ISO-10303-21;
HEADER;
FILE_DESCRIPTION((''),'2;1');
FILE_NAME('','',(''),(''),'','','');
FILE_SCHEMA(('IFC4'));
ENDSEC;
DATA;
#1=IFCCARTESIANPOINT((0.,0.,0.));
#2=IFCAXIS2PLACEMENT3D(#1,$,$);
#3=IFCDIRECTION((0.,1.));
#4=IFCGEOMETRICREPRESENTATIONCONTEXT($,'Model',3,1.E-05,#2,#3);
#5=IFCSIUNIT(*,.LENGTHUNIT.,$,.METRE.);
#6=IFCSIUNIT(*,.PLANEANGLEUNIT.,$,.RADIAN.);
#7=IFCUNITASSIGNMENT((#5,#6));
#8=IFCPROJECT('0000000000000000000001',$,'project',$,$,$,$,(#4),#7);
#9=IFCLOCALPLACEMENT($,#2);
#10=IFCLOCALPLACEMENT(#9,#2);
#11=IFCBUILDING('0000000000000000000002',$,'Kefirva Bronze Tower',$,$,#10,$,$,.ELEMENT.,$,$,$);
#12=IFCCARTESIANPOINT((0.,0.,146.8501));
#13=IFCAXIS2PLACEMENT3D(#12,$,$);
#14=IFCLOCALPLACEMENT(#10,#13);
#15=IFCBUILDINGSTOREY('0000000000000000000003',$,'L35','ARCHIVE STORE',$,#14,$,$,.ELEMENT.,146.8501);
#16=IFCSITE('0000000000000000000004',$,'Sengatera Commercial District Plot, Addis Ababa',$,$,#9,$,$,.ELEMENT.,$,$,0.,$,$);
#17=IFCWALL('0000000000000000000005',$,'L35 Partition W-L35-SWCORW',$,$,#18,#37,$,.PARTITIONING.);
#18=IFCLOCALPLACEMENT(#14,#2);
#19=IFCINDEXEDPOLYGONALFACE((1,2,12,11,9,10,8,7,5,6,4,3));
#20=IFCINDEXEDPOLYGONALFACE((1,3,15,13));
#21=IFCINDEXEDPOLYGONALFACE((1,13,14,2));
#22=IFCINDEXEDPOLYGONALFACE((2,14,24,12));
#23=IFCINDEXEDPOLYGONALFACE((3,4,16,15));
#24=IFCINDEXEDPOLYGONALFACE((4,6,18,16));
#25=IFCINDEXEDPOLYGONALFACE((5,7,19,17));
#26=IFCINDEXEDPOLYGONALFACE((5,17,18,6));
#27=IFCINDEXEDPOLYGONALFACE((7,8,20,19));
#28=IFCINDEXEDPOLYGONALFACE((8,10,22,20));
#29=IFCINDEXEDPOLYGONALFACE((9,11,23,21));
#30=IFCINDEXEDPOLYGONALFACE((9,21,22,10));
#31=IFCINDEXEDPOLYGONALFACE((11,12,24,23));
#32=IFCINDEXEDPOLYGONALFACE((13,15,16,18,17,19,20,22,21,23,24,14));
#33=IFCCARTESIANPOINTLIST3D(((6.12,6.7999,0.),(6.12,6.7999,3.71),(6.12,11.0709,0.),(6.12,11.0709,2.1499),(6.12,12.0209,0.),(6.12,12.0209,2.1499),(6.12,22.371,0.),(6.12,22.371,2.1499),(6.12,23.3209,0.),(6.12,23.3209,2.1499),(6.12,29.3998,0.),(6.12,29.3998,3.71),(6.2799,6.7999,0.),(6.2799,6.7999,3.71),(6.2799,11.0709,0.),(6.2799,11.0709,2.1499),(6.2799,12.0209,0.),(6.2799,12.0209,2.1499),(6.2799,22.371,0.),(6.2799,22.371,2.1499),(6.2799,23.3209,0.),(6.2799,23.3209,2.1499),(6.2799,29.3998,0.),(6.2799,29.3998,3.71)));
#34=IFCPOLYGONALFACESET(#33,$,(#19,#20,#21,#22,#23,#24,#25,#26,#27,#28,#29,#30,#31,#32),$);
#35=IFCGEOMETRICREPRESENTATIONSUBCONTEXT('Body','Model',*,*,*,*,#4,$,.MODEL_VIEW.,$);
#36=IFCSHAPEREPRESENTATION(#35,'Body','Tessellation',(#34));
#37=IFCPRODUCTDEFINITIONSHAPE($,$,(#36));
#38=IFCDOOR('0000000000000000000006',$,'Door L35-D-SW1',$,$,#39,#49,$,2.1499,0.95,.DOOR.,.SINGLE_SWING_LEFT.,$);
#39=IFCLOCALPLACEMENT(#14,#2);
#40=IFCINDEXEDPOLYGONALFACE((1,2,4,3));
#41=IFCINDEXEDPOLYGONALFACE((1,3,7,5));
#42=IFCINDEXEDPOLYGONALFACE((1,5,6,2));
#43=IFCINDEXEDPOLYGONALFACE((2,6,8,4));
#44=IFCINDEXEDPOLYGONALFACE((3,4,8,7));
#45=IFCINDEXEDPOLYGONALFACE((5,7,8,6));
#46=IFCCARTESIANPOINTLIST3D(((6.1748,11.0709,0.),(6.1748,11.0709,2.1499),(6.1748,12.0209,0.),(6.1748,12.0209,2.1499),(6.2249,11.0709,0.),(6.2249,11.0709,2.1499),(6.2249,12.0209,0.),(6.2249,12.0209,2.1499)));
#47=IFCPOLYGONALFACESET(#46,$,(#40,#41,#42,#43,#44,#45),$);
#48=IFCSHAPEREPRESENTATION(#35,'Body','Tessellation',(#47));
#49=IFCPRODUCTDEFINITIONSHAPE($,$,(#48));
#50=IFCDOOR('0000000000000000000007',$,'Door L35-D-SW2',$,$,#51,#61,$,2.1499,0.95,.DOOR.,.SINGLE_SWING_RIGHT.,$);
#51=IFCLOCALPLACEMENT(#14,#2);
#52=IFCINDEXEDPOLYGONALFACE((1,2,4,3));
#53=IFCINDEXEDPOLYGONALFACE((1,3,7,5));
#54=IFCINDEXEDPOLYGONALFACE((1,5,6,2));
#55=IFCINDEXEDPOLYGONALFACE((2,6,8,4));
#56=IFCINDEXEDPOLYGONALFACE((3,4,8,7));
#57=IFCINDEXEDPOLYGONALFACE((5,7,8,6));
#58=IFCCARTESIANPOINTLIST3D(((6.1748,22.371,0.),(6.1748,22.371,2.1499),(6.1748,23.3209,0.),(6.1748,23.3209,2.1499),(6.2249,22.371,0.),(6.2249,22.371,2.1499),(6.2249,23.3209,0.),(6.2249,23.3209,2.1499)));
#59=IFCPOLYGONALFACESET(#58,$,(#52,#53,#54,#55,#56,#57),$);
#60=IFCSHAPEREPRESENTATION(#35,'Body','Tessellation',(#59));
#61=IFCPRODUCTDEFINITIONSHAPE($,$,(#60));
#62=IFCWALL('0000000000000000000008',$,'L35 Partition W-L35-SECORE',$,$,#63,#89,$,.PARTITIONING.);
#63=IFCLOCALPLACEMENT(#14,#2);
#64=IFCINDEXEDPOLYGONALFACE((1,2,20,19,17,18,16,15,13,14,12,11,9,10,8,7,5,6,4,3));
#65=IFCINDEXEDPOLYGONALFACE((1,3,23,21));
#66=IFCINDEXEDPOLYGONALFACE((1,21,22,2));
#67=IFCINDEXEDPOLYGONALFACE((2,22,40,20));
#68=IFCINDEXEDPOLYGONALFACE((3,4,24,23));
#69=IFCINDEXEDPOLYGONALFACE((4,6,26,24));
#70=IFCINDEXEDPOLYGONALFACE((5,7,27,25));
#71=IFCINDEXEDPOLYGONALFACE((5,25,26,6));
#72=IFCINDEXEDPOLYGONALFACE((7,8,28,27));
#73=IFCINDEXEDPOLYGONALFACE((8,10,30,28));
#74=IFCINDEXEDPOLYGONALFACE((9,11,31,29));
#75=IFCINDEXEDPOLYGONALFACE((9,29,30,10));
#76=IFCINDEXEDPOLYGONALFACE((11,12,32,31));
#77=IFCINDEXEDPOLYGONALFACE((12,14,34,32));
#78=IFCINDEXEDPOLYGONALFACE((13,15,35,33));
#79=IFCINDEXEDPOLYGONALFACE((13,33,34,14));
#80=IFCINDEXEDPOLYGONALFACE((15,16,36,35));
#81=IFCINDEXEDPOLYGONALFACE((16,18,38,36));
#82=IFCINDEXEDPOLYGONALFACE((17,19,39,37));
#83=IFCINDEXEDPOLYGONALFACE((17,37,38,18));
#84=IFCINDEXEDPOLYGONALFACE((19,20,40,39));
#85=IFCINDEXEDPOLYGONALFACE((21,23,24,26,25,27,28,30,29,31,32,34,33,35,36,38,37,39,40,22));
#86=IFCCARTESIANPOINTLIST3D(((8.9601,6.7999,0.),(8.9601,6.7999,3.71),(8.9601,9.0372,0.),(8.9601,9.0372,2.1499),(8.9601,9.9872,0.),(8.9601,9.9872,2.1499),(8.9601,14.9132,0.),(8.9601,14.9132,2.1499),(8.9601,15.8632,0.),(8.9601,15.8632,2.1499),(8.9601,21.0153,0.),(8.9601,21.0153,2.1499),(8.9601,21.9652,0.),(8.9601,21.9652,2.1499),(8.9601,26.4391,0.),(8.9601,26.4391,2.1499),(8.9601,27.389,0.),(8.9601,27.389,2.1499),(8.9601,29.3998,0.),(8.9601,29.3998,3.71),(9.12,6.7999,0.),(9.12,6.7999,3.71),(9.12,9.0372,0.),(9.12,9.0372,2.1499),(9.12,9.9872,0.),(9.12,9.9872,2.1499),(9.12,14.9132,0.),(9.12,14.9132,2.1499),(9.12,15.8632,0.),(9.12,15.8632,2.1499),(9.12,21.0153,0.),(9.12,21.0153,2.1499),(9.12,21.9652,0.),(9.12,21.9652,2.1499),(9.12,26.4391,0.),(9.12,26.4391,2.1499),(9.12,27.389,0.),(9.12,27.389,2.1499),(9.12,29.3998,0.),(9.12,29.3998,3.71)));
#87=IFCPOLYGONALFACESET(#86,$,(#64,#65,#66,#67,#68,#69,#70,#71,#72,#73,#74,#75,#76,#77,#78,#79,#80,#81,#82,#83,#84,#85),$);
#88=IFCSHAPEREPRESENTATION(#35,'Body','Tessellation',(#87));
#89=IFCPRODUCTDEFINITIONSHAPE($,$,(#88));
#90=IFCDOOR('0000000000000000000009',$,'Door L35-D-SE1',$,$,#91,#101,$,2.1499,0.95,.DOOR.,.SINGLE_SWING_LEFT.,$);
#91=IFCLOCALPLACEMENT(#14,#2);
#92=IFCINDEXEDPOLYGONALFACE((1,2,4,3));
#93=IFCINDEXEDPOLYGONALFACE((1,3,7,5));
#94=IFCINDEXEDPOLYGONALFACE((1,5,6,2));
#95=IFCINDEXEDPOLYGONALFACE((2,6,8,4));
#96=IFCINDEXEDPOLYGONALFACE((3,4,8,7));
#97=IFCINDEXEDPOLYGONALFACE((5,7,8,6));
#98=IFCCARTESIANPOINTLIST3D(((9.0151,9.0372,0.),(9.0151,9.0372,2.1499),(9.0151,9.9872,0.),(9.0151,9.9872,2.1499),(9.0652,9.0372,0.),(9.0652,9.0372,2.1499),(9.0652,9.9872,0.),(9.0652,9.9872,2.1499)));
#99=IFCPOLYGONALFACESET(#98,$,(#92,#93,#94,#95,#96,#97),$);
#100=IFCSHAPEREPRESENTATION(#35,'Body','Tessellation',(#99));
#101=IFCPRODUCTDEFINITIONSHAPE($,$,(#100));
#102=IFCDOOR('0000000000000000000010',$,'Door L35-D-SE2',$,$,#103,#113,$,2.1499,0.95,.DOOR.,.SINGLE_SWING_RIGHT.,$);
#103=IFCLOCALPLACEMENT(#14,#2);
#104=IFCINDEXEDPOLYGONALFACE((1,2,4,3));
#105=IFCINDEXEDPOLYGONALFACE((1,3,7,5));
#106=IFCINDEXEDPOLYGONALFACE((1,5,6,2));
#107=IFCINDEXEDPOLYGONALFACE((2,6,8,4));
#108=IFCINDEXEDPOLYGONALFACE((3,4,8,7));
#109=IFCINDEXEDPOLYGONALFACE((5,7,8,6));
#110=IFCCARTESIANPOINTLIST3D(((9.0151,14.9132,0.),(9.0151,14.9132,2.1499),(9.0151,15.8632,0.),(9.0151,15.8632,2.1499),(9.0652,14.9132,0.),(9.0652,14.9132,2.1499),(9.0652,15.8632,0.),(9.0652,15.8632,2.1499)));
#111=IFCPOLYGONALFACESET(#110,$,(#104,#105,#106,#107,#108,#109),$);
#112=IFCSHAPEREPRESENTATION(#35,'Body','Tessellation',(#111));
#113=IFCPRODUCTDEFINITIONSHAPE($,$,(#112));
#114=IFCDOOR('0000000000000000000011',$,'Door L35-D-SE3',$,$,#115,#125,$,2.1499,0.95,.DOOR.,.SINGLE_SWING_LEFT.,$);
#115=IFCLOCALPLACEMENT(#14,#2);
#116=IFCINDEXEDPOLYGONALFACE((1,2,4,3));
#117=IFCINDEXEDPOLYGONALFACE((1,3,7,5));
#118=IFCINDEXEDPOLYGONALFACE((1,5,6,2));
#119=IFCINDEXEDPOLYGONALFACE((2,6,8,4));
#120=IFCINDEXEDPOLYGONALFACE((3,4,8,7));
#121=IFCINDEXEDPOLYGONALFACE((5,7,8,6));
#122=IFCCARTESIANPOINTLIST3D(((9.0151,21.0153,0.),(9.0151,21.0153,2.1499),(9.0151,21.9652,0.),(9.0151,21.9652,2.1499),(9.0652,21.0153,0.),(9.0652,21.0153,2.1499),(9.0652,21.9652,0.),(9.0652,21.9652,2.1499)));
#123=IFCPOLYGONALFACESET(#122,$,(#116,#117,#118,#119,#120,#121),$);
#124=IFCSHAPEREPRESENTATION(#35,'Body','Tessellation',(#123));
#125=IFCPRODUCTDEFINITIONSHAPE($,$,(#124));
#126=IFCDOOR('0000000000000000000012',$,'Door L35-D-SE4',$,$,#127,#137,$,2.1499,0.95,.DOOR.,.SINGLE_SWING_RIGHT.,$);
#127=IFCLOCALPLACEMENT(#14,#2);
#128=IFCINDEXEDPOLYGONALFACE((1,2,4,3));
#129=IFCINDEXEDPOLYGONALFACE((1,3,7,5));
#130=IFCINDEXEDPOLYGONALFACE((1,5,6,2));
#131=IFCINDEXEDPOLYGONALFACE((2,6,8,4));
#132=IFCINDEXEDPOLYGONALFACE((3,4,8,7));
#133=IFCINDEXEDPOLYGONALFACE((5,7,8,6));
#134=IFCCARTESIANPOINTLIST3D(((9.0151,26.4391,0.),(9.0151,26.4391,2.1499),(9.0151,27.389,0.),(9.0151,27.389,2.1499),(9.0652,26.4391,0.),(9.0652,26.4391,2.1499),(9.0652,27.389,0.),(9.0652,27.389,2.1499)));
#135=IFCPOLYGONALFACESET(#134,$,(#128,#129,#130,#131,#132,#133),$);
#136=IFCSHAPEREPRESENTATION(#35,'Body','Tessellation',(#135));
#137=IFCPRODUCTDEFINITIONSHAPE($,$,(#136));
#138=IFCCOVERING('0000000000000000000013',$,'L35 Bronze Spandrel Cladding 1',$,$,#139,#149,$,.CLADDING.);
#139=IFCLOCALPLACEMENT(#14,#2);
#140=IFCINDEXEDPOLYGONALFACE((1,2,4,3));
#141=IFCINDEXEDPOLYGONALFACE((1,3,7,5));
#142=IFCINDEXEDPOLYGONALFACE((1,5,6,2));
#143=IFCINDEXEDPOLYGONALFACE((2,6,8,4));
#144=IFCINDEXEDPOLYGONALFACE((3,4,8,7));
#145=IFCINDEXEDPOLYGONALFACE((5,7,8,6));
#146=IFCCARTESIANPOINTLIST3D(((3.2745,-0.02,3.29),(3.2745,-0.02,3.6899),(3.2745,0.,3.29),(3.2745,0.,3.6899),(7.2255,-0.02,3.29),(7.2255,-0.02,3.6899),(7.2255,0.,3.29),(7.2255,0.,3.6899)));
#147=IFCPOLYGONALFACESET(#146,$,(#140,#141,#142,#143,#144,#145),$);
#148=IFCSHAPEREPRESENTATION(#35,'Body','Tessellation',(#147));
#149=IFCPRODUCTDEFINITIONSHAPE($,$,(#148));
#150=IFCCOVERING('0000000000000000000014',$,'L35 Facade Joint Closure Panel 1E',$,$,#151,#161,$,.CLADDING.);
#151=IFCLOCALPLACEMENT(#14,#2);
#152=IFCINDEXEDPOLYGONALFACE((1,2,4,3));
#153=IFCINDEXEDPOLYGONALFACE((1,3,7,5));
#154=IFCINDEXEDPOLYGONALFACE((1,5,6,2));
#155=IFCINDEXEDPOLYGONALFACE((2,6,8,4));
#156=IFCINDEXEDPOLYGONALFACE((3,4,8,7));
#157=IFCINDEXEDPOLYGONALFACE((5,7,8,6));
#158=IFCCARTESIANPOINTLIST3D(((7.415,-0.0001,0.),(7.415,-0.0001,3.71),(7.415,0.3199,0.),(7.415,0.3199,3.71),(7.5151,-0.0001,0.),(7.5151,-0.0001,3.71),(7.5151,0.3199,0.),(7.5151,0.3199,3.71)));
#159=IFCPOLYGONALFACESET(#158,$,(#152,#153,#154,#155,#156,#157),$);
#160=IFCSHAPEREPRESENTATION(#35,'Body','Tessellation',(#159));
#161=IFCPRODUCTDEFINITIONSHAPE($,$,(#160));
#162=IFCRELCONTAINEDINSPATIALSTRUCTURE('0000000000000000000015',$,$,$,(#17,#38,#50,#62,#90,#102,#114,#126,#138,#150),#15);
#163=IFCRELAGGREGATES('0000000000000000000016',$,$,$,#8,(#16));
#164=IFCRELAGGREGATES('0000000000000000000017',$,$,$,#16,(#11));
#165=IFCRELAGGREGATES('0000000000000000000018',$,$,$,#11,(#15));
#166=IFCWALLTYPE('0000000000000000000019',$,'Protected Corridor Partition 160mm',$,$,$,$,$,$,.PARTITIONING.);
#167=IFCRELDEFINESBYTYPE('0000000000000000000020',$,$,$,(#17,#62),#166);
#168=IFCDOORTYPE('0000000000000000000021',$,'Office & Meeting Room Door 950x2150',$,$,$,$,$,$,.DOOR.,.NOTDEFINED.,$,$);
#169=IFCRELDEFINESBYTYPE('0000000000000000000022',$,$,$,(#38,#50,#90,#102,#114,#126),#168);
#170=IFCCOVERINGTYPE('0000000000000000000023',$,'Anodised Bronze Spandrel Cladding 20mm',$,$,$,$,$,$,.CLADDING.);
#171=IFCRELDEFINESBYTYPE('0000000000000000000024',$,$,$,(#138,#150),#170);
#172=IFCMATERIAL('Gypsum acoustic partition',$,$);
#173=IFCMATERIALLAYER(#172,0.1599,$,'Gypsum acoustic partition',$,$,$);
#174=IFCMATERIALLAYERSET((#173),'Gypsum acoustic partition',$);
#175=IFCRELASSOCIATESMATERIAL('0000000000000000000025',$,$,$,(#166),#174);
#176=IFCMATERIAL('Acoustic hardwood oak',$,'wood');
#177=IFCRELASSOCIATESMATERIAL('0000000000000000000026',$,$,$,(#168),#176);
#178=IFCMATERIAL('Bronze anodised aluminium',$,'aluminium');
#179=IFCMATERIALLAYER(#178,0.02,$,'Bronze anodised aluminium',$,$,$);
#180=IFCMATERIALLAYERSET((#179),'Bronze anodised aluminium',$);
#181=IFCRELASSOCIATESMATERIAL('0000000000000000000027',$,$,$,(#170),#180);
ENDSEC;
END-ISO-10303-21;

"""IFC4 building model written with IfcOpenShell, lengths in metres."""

from ifc_helpers import new_model, si_unit, direction, frame, frame_2d, origin, origin_2d, place, context, subcontext, project, spatial, rectangle, extrude, material, layer, layer_set, type_object, element, fill, save


model = new_model("IFC4")

# Units and contexts
model_context = context("Model", 3, precision=1e-05, world=origin(), true_north=direction((0.0, 1.0)))
body_context = subcontext(model_context, "Body", "Model", "MODEL_VIEW")
ifc_project = project(units=[si_unit("LENGTHUNIT", "METRE"), si_unit("PLANEANGLEUNIT", "RADIAN")], contexts=[model_context])

# Site, building, storey
site_placement = place(None, origin())
site = spatial("IfcSite", under=ifc_project, at=site_placement, Name="Sengatera Commercial District Plot, Addis Ababa", CompositionType="ELEMENT", RefElevation=0.0)
building_placement = place(site_placement, origin())
building = spatial("IfcBuilding", under=site, at=building_placement, Name="Kefirva Bronze Tower", CompositionType="ELEMENT")
storey_placement = place(building_placement, frame((0.0, 0.0, 146.8501)))
storey = spatial("IfcBuildingStorey", under=building, at=storey_placement, Name="L35", Description="ARCHIVE STORE", CompositionType="ELEMENT", Elevation=146.8501)

# Shared definitions
ifc_material_1 = material(Name="Gypsum acoustic partition")

# Walls, openings, doors
ifc_layer_1 = layer(ifc_material_1, 0.1599, Name="Gypsum acoustic partition")
ifc_layer_set_1 = layer_set([ifc_layer_1], Name="Gypsum acoustic partition")
wall_type_1 = type_object("IfcWallType", Name="Protected Corridor Partition 160mm", PredefinedType="PARTITIONING", material=ifc_layer_set_1)
wall_1_placement = place(storey_placement, frame((6.2, 6.8, 0.0), z_axis=(0.0, 0.0, 1.0), x_axis=(0.0, 1.0, 0.0)))
wall_1 = element("IfcWall", 1, at=wall_1_placement, inside=storey, type_object=wall_type_1, Name="L35 Partition W-L35-SWCORW", PredefinedType="PARTITIONING", context=body_context, shape_type="SweptSolid", body=[
    extrude(rectangle(XDim=22.5999, YDim=0.1599, at=frame_2d((11.2998, 0.0))), origin(), (0.0, 0.0, 1.0), 3.71),
])
opening_1_placement = place(wall_1_placement, frame((5.2209, 0.0, 0.0), z_axis=(0.0, 0.0, 1.0), x_axis=(-1.0, 0.0, 0.0)))
opening_1 = element("IfcOpeningElement", 2, at=opening_1_placement, cuts=wall_1, PredefinedType="OPENING", context=body_context, shape_type="SweptSolid", body=[
    extrude(rectangle(XDim=0.95, YDim=2.1499, at=frame_2d((0.4751, 1.075))), frame((0.0, 0.0898, 0.0), z_axis=(0.0, -1.0, 0.0), x_axis=(1.0, 0.0, 0.0)), (0.0, 0.0, 1.0), 0.1799),
])
opening_2_placement = place(wall_1_placement, frame((16.521, 0.0, 0.0), z_axis=(0.0, 0.0, 1.0), x_axis=(-1.0, 0.0, 0.0)))
opening_2 = element("IfcOpeningElement", 3, at=opening_2_placement, cuts=wall_1, PredefinedType="OPENING", context=body_context, shape_type="SweptSolid", body=[
    extrude(rectangle(XDim=0.95, YDim=2.1499, at=frame_2d((0.4751, 1.075))), frame((0.0, 0.0898, 0.0), z_axis=(0.0, -1.0, 0.0), x_axis=(1.0, 0.0, 0.0)), (0.0, 0.0, 1.0), 0.1799),
])
ifc_material_2 = material(Name="Acoustic hardwood oak", Category="wood")
door_type = type_object("IfcDoorType", Name="Office & Meeting Room Door 950x2150", OperationType="NOTDEFINED", PredefinedType="DOOR", material=ifc_material_2)
door_1_placement = place(opening_1_placement, origin())
door_1 = element("IfcDoor", 4, at=door_1_placement, inside=storey, type_object=door_type, Name="Door L35-D-SW1", OperationType="SINGLE_SWING_LEFT", OverallHeight=2.1499, OverallWidth=0.95, PredefinedType="DOOR", context=body_context, shape_type="SweptSolid", body=[
    extrude(rectangle(XDim=0.95, YDim=2.1499, at=frame_2d((0.4751, 1.075))), frame((0.0, 0.0249, 0.0), z_axis=(0.0, -1.0, 0.0), x_axis=(1.0, 0.0, 0.0)), (0.0, 0.0, 1.0), 0.05),
])
fill(opening_1, door_1)
door_2_placement = place(opening_2_placement, origin())
door_2 = element("IfcDoor", 5, at=door_2_placement, inside=storey, type_object=door_type, Name="Door L35-D-SW2", OperationType="SINGLE_SWING_RIGHT", OverallHeight=2.1499, OverallWidth=0.95, PredefinedType="DOOR", context=body_context, shape_type="SweptSolid", body=[
    extrude(rectangle(XDim=0.95, YDim=2.1499, at=frame_2d((0.4751, 1.075))), frame((0.0, 0.0249, 0.0), z_axis=(0.0, -1.0, 0.0), x_axis=(1.0, 0.0, 0.0)), (0.0, 0.0, 1.0), 0.05),
])
fill(opening_2, door_2)
wall_2_placement = place(storey_placement, frame((9.04, 6.8, 0.0), z_axis=(0.0, 0.0, 1.0), x_axis=(0.0, 1.0, 0.0)))
wall_2 = element("IfcWall", 6, at=wall_2_placement, inside=storey, type_object=wall_type_1, Name="L35 Partition W-L35-SECORE", PredefinedType="PARTITIONING", context=body_context, shape_type="SweptSolid", body=[
    extrude(rectangle(XDim=22.5999, YDim=0.1599, at=frame_2d((11.2998, 0.0))), origin(), (0.0, 0.0, 1.0), 3.71),
])
opening_3_placement = place(wall_2_placement, frame((2.2371, 0.0, 0.0)))
opening_3 = element("IfcOpeningElement", 7, at=opening_3_placement, cuts=wall_2, PredefinedType="OPENING", context=body_context, shape_type="SweptSolid", body=[
    extrude(rectangle(XDim=0.95, YDim=2.1499, at=frame_2d((0.4751, 1.075))), frame((0.0, 0.0898, 0.0), z_axis=(0.0, -1.0, 0.0), x_axis=(1.0, 0.0, 0.0)), (0.0, 0.0, 1.0), 0.1799),
])
opening_4_placement = place(wall_2_placement, frame((8.113, 0.0, 0.0)))
opening_4 = element("IfcOpeningElement", 8, at=opening_4_placement, cuts=wall_2, PredefinedType="OPENING", context=body_context, shape_type="SweptSolid", body=[
    extrude(rectangle(XDim=0.95, YDim=2.1499, at=frame_2d((0.4751, 1.075))), frame((0.0, 0.0898, 0.0), z_axis=(0.0, -1.0, 0.0), x_axis=(1.0, 0.0, 0.0)), (0.0, 0.0, 1.0), 0.1799),
])
opening_5_placement = place(wall_2_placement, frame((14.2151, 0.0, 0.0)))
opening_5 = element("IfcOpeningElement", 9, at=opening_5_placement, cuts=wall_2, PredefinedType="OPENING", context=body_context, shape_type="SweptSolid", body=[
    extrude(rectangle(XDim=0.95, YDim=2.1499, at=frame_2d((0.4751, 1.075))), frame((0.0, 0.0898, 0.0), z_axis=(0.0, -1.0, 0.0), x_axis=(1.0, 0.0, 0.0)), (0.0, 0.0, 1.0), 0.1799),
])
opening_6_placement = place(wall_2_placement, frame((19.6389, 0.0, 0.0)))
opening_6 = element("IfcOpeningElement", 10, at=opening_6_placement, cuts=wall_2, PredefinedType="OPENING", context=body_context, shape_type="SweptSolid", body=[
    extrude(rectangle(XDim=0.95, YDim=2.1499, at=frame_2d((0.4751, 1.075))), frame((0.0, 0.0898, 0.0), z_axis=(0.0, -1.0, 0.0), x_axis=(1.0, 0.0, 0.0)), (0.0, 0.0, 1.0), 0.1799),
])
door_3_placement = place(opening_3_placement, origin())
door_3 = element("IfcDoor", 11, at=door_3_placement, inside=storey, type_object=door_type, Name="Door L35-D-SE1", OperationType="SINGLE_SWING_LEFT", OverallHeight=2.1499, OverallWidth=0.95, PredefinedType="DOOR", context=body_context, shape_type="SweptSolid", body=[
    extrude(rectangle(XDim=0.95, YDim=2.1499, at=frame_2d((0.4751, 1.075))), frame((0.0, 0.0249, 0.0), z_axis=(0.0, -1.0, 0.0), x_axis=(1.0, 0.0, 0.0)), (0.0, 0.0, 1.0), 0.05),
])
fill(opening_3, door_3)
door_4_placement = place(opening_4_placement, origin())
door_4 = element("IfcDoor", 12, at=door_4_placement, inside=storey, type_object=door_type, Name="Door L35-D-SE2", OperationType="SINGLE_SWING_RIGHT", OverallHeight=2.1499, OverallWidth=0.95, PredefinedType="DOOR", context=body_context, shape_type="SweptSolid", body=[
    extrude(rectangle(XDim=0.95, YDim=2.1499, at=frame_2d((0.4751, 1.075))), frame((0.0, 0.0249, 0.0), z_axis=(0.0, -1.0, 0.0), x_axis=(1.0, 0.0, 0.0)), (0.0, 0.0, 1.0), 0.05),
])
fill(opening_4, door_4)
door_5_placement = place(opening_5_placement, origin())
door_5 = element("IfcDoor", 13, at=door_5_placement, inside=storey, type_object=door_type, Name="Door L35-D-SE3", OperationType="SINGLE_SWING_LEFT", OverallHeight=2.1499, OverallWidth=0.95, PredefinedType="DOOR", context=body_context, shape_type="SweptSolid", body=[
    extrude(rectangle(XDim=0.95, YDim=2.1499, at=frame_2d((0.4751, 1.075))), frame((0.0, 0.0249, 0.0), z_axis=(0.0, -1.0, 0.0), x_axis=(1.0, 0.0, 0.0)), (0.0, 0.0, 1.0), 0.05),
])
fill(opening_5, door_5)
door_6_placement = place(opening_6_placement, origin())
door_6 = element("IfcDoor", 14, at=door_6_placement, inside=storey, type_object=door_type, Name="Door L35-D-SE4", OperationType="SINGLE_SWING_RIGHT", OverallHeight=2.1499, OverallWidth=0.95, PredefinedType="DOOR", context=body_context, shape_type="SweptSolid", body=[
    extrude(rectangle(XDim=0.95, YDim=2.1499, at=frame_2d((0.4751, 1.075))), frame((0.0, 0.0249, 0.0), z_axis=(0.0, -1.0, 0.0), x_axis=(1.0, 0.0, 0.0)), (0.0, 0.0, 1.0), 0.05),
])
fill(opening_6, door_6)

# Coverings
ifc_material_3 = material(Name="Bronze anodised aluminium", Category="aluminium")
ifc_layer_2 = layer(ifc_material_3, 0.02, Name="Bronze anodised aluminium")
ifc_layer_set_2 = layer_set([ifc_layer_2], Name="Bronze anodised aluminium")
covering_type_1 = type_object("IfcCoveringType", Name="Anodised Bronze Spandrel Cladding 20mm", PredefinedType="CLADDING", material=ifc_layer_set_2)
covering_1_placement = place(storey_placement, frame((5.25, -0.01, 3.29), z_axis=(0.0, 0.0, 1.0), x_axis=(1.0, 0.0, 0.0)))
element("IfcCovering", 15, at=covering_1_placement, inside=storey, type_object=covering_type_1, Name="L35 Bronze Spandrel Cladding 1", PredefinedType="CLADDING", context=body_context, shape_type="SweptSolid", body=[
    extrude(rectangle(XDim=3.9509, YDim=0.02, at=origin_2d()), origin(), (0.0, 0.0, 1.0), 0.3999),
])
covering_2_placement = place(storey_placement, frame((7.4651, 0.1599, 0.0), z_axis=(0.0, 0.0, 1.0), x_axis=(1.0, 0.0, 0.0)))
element("IfcCovering", 16, at=covering_2_placement, inside=storey, type_object=covering_type_1, Name="L35 Facade Joint Closure Panel 1E", PredefinedType="CLADDING", context=body_context, shape_type="SweptSolid", body=[
    extrude(rectangle(XDim=0.1001, YDim=0.3201, at=origin_2d()), origin(), (0.0, 0.0, 1.0), 3.71),
])

save(model, "model.ifc")
